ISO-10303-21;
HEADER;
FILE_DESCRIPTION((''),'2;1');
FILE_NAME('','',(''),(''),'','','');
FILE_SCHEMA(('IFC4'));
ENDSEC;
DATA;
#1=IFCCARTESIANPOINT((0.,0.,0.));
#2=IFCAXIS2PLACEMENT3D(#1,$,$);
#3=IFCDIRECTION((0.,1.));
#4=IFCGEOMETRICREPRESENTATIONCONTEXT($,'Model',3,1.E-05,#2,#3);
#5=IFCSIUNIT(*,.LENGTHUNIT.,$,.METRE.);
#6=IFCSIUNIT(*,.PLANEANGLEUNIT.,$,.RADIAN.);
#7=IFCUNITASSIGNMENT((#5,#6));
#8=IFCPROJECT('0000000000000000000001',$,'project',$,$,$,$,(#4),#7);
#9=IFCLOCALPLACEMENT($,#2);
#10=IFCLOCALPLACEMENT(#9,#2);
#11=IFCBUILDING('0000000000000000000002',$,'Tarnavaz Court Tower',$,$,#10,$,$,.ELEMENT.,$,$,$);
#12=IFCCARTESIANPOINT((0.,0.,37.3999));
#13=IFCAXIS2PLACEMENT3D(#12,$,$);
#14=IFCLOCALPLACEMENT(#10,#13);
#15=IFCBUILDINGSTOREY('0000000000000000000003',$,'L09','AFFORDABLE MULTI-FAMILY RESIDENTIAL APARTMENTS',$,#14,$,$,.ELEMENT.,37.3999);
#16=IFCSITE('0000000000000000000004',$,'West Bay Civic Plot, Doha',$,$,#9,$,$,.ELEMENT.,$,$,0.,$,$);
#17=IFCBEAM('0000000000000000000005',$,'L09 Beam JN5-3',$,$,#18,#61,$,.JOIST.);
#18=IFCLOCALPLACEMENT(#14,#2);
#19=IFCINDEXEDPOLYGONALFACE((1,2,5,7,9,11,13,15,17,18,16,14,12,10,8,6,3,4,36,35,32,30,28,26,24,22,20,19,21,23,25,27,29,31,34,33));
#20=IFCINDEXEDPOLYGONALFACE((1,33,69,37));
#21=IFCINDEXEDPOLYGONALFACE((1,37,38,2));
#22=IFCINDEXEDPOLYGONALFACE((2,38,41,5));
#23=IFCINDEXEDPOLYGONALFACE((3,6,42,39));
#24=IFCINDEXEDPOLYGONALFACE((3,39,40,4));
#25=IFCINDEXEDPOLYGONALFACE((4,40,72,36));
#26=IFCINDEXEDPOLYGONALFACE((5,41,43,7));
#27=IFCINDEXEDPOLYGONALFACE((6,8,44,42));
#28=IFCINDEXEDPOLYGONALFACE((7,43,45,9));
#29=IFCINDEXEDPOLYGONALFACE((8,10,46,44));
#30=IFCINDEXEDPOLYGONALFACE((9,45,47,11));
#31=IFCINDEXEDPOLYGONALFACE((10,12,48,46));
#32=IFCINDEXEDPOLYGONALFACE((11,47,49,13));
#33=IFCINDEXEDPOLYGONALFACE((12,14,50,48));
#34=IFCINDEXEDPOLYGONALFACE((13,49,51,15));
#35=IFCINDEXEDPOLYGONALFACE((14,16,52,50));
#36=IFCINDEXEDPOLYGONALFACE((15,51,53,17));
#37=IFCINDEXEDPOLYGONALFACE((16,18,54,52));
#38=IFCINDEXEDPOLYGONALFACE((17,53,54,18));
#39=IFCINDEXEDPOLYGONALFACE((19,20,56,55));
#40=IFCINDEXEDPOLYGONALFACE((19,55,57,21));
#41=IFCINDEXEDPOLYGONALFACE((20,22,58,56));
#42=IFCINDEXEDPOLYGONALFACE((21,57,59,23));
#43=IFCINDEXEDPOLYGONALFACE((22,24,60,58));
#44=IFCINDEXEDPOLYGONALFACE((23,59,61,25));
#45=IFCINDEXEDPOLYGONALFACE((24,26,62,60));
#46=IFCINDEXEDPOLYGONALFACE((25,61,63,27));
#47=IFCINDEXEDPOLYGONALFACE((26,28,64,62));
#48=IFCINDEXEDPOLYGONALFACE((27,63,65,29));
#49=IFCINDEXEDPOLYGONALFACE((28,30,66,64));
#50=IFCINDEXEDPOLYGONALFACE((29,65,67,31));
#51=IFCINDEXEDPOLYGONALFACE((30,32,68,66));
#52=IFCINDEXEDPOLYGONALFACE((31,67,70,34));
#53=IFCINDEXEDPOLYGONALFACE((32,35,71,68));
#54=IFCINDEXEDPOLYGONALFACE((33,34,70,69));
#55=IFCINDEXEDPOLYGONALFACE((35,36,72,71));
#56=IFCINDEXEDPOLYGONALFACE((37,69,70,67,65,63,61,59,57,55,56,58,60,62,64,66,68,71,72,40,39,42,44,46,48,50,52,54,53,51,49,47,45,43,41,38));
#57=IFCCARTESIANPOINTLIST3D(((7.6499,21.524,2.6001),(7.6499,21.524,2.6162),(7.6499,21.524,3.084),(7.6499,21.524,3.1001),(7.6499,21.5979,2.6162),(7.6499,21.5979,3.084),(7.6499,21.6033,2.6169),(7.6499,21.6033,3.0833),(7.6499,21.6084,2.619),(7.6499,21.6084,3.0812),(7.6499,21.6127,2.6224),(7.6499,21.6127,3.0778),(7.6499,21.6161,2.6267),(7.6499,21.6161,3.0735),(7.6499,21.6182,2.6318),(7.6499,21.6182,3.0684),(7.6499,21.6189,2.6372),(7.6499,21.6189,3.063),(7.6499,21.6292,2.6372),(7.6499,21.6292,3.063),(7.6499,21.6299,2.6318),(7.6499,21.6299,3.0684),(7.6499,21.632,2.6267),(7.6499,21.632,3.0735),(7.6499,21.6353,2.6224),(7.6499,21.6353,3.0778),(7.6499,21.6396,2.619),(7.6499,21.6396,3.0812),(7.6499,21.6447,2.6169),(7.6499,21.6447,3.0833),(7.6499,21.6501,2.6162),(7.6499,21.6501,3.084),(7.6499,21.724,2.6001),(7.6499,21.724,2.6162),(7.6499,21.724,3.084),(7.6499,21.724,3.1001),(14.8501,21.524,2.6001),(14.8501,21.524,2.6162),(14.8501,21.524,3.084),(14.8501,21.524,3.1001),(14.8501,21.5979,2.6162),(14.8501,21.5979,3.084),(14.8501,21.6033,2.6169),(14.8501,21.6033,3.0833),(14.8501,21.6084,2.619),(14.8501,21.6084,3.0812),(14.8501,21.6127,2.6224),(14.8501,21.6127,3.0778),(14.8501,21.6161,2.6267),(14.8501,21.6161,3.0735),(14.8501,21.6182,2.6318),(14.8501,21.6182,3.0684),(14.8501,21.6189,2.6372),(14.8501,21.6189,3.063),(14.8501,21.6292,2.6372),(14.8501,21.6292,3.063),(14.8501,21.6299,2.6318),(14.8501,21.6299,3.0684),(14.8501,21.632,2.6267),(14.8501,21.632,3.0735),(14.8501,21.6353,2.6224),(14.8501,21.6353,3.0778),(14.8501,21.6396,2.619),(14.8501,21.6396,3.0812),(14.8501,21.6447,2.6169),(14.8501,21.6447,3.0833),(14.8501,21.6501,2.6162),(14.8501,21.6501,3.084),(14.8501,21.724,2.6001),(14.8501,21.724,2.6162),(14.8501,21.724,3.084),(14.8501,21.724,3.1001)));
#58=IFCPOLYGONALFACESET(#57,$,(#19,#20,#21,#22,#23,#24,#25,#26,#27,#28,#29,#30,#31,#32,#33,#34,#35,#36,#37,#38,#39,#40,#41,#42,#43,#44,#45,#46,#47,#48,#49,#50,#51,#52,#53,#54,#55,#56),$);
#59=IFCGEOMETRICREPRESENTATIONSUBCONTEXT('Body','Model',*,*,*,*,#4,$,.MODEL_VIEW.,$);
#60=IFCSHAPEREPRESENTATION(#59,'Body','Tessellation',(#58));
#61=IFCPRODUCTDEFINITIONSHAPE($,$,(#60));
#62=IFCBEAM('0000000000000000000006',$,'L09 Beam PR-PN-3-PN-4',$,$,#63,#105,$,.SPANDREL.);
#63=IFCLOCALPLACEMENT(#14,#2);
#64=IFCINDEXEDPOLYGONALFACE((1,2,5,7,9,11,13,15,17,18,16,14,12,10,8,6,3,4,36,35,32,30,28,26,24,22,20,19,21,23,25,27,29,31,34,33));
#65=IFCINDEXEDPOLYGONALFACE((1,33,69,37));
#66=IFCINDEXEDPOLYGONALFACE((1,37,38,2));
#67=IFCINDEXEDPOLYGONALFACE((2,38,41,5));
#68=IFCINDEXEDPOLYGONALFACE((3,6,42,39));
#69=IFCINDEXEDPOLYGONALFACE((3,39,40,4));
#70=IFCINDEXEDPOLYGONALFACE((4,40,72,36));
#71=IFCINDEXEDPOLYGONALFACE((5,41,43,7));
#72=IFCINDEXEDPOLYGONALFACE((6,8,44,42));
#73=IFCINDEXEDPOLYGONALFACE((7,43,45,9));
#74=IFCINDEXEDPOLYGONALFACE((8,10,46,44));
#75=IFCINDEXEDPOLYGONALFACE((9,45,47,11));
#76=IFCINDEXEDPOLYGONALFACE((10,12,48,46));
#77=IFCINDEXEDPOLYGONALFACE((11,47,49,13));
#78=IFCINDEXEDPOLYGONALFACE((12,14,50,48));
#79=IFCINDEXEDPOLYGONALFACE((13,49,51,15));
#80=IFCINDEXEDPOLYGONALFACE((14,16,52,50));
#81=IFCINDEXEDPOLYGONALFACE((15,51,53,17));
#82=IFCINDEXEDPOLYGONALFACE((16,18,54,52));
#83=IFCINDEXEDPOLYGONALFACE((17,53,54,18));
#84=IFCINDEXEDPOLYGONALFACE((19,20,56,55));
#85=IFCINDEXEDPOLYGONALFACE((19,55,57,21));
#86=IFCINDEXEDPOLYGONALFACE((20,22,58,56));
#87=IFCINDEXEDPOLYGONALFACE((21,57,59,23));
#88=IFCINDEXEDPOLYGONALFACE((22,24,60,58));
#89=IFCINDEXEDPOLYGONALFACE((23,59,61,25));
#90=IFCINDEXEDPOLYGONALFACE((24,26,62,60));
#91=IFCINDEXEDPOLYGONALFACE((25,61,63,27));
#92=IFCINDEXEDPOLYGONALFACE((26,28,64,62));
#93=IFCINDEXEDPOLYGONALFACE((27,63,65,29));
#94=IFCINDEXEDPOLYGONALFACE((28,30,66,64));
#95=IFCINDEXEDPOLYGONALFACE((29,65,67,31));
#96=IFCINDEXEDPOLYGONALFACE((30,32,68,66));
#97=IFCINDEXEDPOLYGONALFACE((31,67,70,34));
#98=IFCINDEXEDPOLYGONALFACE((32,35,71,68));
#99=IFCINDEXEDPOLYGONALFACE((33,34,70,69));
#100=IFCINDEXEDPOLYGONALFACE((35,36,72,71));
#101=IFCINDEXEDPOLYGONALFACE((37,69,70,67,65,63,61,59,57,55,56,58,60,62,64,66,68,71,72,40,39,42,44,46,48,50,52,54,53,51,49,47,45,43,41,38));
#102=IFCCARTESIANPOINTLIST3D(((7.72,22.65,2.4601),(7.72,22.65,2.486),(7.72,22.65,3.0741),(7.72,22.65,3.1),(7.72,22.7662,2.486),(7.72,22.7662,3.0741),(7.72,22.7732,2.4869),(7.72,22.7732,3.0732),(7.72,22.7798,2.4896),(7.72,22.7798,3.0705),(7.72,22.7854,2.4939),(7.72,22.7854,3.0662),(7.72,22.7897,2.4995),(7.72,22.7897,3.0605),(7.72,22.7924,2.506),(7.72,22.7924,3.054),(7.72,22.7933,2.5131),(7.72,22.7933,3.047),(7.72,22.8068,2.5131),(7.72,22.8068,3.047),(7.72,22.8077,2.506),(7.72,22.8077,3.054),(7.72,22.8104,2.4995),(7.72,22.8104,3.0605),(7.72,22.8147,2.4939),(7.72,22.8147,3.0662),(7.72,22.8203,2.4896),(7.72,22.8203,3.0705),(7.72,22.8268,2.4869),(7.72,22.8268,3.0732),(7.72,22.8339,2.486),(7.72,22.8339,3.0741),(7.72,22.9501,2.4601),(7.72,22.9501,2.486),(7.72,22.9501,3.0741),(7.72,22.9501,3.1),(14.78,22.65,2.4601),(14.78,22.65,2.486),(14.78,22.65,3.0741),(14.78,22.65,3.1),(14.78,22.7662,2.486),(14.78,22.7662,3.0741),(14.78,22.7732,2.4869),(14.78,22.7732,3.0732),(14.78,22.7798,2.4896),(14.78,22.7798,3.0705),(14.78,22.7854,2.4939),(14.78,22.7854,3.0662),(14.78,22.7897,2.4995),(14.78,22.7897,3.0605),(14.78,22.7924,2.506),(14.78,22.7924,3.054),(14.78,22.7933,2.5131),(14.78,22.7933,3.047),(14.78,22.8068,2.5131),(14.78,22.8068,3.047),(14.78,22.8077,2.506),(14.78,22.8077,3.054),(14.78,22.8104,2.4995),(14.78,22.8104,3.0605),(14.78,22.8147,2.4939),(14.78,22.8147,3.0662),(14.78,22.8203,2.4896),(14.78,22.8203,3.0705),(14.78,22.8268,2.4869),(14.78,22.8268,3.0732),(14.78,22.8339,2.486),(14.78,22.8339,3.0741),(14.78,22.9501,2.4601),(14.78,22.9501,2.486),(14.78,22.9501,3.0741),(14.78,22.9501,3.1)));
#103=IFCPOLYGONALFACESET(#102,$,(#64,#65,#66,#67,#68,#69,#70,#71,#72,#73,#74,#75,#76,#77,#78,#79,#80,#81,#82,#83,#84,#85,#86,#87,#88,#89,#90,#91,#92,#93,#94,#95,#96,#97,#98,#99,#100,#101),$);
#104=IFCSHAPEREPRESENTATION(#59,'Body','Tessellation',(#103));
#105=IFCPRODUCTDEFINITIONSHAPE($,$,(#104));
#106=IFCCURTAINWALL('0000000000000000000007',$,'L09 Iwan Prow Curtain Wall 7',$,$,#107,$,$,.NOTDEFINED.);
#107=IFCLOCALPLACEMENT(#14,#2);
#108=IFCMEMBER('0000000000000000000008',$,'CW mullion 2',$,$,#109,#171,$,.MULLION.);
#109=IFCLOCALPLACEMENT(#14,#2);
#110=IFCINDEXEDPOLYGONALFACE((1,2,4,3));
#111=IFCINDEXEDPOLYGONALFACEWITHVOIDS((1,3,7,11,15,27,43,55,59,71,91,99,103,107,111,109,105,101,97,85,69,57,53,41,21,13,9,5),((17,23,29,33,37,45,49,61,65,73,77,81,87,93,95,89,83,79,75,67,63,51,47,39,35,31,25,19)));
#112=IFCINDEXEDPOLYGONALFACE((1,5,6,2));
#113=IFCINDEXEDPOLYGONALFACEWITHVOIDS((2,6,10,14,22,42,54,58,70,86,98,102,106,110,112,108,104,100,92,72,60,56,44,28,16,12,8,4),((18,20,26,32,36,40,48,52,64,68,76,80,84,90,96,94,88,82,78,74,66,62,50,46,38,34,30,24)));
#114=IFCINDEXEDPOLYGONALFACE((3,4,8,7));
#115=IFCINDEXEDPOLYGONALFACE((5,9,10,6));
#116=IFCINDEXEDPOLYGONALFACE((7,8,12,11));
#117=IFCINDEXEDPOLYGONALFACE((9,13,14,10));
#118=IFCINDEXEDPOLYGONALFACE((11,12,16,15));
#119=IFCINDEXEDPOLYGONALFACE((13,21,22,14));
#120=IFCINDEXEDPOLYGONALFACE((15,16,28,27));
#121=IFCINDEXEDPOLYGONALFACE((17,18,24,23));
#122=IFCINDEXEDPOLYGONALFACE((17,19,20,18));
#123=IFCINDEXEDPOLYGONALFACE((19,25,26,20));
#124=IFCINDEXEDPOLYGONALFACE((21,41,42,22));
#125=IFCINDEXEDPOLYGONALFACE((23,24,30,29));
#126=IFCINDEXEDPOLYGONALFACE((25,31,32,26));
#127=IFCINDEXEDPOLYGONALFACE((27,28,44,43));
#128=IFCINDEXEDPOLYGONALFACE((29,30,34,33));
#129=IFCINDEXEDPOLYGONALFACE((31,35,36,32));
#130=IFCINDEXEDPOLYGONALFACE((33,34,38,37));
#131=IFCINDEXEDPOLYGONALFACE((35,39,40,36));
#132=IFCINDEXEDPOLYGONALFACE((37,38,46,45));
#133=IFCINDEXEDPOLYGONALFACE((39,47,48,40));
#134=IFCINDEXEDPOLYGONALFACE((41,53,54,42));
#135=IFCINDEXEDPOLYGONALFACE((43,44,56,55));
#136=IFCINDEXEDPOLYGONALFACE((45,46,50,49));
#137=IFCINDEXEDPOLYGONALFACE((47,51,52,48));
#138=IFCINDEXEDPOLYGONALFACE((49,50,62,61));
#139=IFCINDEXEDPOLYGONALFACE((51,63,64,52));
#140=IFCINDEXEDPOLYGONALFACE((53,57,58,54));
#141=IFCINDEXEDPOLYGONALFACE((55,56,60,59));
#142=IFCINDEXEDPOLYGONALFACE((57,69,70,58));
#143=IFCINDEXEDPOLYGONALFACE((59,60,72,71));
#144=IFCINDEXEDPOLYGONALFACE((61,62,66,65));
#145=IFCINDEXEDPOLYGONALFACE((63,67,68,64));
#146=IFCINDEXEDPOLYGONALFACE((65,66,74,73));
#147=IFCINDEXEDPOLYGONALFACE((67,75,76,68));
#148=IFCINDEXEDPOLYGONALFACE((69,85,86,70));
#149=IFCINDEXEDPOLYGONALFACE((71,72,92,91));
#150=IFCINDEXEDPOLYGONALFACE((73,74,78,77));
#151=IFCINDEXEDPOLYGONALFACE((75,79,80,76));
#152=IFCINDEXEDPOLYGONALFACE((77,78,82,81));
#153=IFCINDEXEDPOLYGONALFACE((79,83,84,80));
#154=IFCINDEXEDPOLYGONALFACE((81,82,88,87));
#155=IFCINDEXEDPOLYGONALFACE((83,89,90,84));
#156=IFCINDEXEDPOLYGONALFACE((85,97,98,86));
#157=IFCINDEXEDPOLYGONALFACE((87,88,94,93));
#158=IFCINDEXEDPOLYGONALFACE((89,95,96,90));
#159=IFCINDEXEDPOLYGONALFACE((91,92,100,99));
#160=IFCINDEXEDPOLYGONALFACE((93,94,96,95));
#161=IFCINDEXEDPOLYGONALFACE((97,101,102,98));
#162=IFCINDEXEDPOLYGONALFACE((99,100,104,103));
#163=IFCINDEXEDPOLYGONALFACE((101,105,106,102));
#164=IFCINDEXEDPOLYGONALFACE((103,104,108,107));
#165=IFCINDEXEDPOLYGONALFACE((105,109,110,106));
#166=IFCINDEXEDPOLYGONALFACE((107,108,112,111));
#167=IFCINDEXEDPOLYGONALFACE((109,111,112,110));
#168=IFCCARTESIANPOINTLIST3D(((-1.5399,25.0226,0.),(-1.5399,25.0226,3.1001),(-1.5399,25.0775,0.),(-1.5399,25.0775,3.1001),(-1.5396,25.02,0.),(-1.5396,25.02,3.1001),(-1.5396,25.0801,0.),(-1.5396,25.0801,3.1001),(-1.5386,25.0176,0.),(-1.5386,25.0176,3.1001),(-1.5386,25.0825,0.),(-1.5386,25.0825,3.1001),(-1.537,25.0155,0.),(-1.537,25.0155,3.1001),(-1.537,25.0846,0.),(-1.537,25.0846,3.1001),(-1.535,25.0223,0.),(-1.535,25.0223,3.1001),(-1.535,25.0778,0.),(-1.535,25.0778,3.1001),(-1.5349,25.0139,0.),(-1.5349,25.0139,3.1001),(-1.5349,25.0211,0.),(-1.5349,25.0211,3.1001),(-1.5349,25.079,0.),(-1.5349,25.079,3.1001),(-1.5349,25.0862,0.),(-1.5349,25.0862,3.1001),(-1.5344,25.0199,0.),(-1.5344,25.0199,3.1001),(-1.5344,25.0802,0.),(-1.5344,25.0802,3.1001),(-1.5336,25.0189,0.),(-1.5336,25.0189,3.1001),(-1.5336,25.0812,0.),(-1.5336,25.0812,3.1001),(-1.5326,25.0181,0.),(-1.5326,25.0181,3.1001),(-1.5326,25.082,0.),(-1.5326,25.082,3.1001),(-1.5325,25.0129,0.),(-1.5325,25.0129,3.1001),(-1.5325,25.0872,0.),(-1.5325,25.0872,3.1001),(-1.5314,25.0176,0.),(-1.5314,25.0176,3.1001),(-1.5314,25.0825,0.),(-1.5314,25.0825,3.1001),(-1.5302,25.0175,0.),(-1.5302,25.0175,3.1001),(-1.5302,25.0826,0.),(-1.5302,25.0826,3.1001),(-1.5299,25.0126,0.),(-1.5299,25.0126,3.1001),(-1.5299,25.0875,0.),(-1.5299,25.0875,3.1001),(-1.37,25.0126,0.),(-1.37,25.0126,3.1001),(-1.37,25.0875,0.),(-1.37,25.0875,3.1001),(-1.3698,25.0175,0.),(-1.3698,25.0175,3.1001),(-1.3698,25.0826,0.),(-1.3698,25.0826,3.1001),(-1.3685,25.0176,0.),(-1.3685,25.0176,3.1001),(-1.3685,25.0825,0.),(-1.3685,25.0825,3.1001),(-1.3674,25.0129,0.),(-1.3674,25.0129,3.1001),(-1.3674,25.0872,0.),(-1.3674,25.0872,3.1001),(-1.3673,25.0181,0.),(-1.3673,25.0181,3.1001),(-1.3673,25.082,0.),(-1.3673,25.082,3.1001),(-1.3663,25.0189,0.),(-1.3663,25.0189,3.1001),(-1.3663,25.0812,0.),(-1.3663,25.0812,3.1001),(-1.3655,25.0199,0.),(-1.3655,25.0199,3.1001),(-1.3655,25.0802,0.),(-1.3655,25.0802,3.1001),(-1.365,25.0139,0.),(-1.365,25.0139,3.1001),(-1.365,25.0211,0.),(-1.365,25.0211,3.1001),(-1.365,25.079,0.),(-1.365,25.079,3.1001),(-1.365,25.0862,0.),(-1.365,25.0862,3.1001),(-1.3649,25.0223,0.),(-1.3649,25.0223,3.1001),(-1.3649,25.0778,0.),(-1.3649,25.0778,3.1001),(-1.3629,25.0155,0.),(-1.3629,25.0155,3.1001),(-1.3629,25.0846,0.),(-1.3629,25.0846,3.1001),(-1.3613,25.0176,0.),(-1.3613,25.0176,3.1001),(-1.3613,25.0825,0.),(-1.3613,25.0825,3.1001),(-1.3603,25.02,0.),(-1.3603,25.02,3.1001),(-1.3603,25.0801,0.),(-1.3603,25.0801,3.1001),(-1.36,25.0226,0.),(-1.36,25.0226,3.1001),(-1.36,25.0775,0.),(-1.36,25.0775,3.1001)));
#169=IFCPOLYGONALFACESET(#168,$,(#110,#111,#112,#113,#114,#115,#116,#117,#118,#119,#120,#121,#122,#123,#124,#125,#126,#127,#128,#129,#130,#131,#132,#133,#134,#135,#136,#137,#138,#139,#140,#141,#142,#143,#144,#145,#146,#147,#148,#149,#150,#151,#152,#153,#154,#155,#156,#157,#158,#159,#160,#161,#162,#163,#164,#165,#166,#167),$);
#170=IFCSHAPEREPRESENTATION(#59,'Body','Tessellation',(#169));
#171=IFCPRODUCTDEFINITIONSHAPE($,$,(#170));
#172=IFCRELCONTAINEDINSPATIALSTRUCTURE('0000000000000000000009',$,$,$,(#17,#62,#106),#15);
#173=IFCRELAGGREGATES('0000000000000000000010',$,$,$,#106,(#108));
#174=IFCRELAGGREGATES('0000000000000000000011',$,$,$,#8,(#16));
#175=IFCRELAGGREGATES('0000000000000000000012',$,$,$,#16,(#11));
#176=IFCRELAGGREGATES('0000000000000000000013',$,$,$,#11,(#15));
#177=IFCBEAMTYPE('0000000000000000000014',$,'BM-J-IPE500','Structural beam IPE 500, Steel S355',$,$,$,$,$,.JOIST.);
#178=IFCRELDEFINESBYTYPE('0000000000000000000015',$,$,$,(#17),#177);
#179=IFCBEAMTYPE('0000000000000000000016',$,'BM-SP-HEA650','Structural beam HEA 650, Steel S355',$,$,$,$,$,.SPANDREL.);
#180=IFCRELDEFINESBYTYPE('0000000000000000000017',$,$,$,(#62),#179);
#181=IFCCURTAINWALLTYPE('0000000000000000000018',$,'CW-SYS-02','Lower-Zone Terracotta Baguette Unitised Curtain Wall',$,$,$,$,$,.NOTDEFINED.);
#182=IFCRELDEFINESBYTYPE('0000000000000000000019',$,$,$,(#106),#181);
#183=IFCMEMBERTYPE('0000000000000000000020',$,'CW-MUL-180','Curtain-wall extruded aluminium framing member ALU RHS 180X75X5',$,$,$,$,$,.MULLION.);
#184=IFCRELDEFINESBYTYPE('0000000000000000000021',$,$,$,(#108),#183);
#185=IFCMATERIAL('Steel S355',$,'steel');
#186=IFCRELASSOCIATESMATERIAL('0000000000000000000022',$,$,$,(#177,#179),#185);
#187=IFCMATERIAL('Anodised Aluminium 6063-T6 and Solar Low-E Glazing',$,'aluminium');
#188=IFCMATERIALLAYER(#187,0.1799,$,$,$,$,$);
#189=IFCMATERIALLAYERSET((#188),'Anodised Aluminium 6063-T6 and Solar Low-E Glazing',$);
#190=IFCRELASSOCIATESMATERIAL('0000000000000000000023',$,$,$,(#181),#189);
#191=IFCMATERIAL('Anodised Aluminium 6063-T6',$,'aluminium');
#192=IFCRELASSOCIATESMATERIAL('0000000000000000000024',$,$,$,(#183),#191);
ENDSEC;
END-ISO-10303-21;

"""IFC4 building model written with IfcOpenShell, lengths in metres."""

from ifc_helpers import new_model, si_unit, direction, frame, origin, origin_2d, place, context, subcontext, project, spatial, hollow_rectangle, i_section, extrude, material, layer, layer_set, material_profile, profile_set, type_object, element, aggregate, save


model = new_model("IFC4")

# Units and contexts
model_context = context("Model", 3, precision=1e-05, world=origin(), true_north=direction((0.0, 1.0)))
body_context = subcontext(model_context, "Body", "Model", "MODEL_VIEW")
ifc_project = project(units=[si_unit("LENGTHUNIT", "METRE"), si_unit("PLANEANGLEUNIT", "RADIAN")], contexts=[model_context])

# Site, building, storey
site_placement = place(None, origin())
site = spatial("IfcSite", under=ifc_project, at=site_placement, Name="West Bay Civic Plot, Doha", CompositionType="ELEMENT", RefElevation=0.0)
building_placement = place(site_placement, origin())
building = spatial("IfcBuilding", under=site, at=building_placement, Name="Tarnavaz Court Tower", CompositionType="ELEMENT")
storey_placement = place(building_placement, frame((0.0, 0.0, 37.3999)))
storey = spatial("IfcBuildingStorey", under=building, at=storey_placement, Name="L09", Description="AFFORDABLE MULTI-FAMILY RESIDENTIAL APARTMENTS", CompositionType="ELEMENT", Elevation=37.3999)

# Beams
ifc_material_1 = material(Name="Steel S355", Category="steel")
ifc_material_profile_1 = material_profile(ifc_material_1, i_section(OverallWidth=0.2, OverallDepth=0.5, WebThickness=0.0103, FlangeThickness=0.0161, FilletRadius=0.021, at=origin_2d()), Name="IPE 500")
ifc_profile_set_1 = profile_set([ifc_material_profile_1], Name="Steel S355")
beam_type_1 = type_object("IfcBeamType", Name="BM-J-IPE500", Description="Structural beam IPE 500, Steel S355", PredefinedType="JOIST", material=ifc_profile_set_1)
for number, where, z_axis, x_axis, name in (
    (1, (7.6499, 21.624, 2.8501), (1.0, 0.0, 0.0), (0.0, 1.0, 0.0), "L09 Beam JN5-3"),
):
    element("IfcBeam", number, at=place(storey_placement, frame(where, z_axis=z_axis, x_axis=x_axis)), inside=storey, type_object=beam_type_1, Name=name, PredefinedType="JOIST", context=body_context, shape_type="SweptSolid", body=[
        extrude(i_section(OverallWidth=0.2, OverallDepth=0.5, WebThickness=0.0103, FlangeThickness=0.0161, FilletRadius=0.021, at=origin_2d()), origin(), (0.0, 0.0, 1.0), 7.2002),
    ])
ifc_material_profile_2 = material_profile(ifc_material_1, i_section(OverallWidth=0.3, OverallDepth=0.6399, WebThickness=0.0134, FlangeThickness=0.0259, FilletRadius=0.0271, at=origin_2d()), Name="HEA 650")
ifc_profile_set_2 = profile_set([ifc_material_profile_2], Name="Steel S355")
beam_type_2 = type_object("IfcBeamType", Name="BM-SP-HEA650", Description="Structural beam HEA 650, Steel S355", PredefinedType="SPANDREL", material=ifc_profile_set_2)
beam_placement = place(storey_placement, frame((7.72, 22.8, 2.78), z_axis=(1.0, 0.0, 0.0), x_axis=(0.0, 1.0, 0.0)))
element("IfcBeam", 2, at=beam_placement, inside=storey, type_object=beam_type_2, Name="L09 Beam PR-PN-3-PN-4", PredefinedType="SPANDREL", context=body_context, shape_type="SweptSolid", body=[
    extrude(i_section(OverallWidth=0.3, OverallDepth=0.6399, WebThickness=0.0134, FlangeThickness=0.0259, FilletRadius=0.0271, at=origin_2d()), origin(), (0.0, 0.0, 1.0), 7.0601),
])

# Curtain wall, member
ifc_material_2 = material(Name="Anodised Aluminium 6063-T6 and Solar Low-E Glazing", Category="aluminium")
ifc_layer_1 = layer(ifc_material_2, 0.1799)
ifc_layer_set_1 = layer_set([ifc_layer_1], Name="Anodised Aluminium 6063-T6 and Solar Low-E Glazing")
curtain_wall_type = type_object("IfcCurtainWallType", Name="CW-SYS-02", Description="Lower-Zone Terracotta Baguette Unitised Curtain Wall", PredefinedType="NOTDEFINED", material=ifc_layer_set_1)
curtain_wall_placement = place(storey_placement, origin())
curtain_wall = element("IfcCurtainWall", 3, at=curtain_wall_placement, inside=storey, type_object=curtain_wall_type, Name="L09 Iwan Prow Curtain Wall 7", PredefinedType="NOTDEFINED")
ifc_material_3 = material(Name="Anodised Aluminium 6063-T6", Category="aluminium")
ifc_material_profile_3 = material_profile(ifc_material_3, hollow_rectangle(XDim=0.075, YDim=0.1799, WallThickness=0.0049, InnerFilletRadius=0.0049, OuterFilletRadius=0.01, at=origin_2d()), Name="ALU RHS 180X75X5")
ifc_profile_set_3 = profile_set([ifc_material_profile_3], Name="Anodised Aluminium 6063-T6")
member_type_1 = type_object("IfcMemberType", Name="CW-MUL-180", Description="Curtain-wall extruded aluminium framing member ALU RHS 180X75X5", PredefinedType="MULLION", material=ifc_profile_set_3)
member_1_placement = place(storey_placement, frame((-1.45, 25.05, 0.0), z_axis=(0.0, 0.0, 1.0), x_axis=(0.0, 1.0, 0.0)))
member_1 = element("IfcMember", 4, at=member_1_placement, type_object=member_type_1, Name="CW mullion 2", PredefinedType="MULLION", context=body_context, shape_type="SweptSolid", body=[
    extrude(hollow_rectangle(XDim=0.075, YDim=0.1799, WallThickness=0.0049, InnerFilletRadius=0.0049, OuterFilletRadius=0.01, at=origin_2d()), origin(), (0.0, 0.0, 1.0), 3.1001),
])
aggregate(curtain_wall, [member_1])

save(model, "model.ifc")
